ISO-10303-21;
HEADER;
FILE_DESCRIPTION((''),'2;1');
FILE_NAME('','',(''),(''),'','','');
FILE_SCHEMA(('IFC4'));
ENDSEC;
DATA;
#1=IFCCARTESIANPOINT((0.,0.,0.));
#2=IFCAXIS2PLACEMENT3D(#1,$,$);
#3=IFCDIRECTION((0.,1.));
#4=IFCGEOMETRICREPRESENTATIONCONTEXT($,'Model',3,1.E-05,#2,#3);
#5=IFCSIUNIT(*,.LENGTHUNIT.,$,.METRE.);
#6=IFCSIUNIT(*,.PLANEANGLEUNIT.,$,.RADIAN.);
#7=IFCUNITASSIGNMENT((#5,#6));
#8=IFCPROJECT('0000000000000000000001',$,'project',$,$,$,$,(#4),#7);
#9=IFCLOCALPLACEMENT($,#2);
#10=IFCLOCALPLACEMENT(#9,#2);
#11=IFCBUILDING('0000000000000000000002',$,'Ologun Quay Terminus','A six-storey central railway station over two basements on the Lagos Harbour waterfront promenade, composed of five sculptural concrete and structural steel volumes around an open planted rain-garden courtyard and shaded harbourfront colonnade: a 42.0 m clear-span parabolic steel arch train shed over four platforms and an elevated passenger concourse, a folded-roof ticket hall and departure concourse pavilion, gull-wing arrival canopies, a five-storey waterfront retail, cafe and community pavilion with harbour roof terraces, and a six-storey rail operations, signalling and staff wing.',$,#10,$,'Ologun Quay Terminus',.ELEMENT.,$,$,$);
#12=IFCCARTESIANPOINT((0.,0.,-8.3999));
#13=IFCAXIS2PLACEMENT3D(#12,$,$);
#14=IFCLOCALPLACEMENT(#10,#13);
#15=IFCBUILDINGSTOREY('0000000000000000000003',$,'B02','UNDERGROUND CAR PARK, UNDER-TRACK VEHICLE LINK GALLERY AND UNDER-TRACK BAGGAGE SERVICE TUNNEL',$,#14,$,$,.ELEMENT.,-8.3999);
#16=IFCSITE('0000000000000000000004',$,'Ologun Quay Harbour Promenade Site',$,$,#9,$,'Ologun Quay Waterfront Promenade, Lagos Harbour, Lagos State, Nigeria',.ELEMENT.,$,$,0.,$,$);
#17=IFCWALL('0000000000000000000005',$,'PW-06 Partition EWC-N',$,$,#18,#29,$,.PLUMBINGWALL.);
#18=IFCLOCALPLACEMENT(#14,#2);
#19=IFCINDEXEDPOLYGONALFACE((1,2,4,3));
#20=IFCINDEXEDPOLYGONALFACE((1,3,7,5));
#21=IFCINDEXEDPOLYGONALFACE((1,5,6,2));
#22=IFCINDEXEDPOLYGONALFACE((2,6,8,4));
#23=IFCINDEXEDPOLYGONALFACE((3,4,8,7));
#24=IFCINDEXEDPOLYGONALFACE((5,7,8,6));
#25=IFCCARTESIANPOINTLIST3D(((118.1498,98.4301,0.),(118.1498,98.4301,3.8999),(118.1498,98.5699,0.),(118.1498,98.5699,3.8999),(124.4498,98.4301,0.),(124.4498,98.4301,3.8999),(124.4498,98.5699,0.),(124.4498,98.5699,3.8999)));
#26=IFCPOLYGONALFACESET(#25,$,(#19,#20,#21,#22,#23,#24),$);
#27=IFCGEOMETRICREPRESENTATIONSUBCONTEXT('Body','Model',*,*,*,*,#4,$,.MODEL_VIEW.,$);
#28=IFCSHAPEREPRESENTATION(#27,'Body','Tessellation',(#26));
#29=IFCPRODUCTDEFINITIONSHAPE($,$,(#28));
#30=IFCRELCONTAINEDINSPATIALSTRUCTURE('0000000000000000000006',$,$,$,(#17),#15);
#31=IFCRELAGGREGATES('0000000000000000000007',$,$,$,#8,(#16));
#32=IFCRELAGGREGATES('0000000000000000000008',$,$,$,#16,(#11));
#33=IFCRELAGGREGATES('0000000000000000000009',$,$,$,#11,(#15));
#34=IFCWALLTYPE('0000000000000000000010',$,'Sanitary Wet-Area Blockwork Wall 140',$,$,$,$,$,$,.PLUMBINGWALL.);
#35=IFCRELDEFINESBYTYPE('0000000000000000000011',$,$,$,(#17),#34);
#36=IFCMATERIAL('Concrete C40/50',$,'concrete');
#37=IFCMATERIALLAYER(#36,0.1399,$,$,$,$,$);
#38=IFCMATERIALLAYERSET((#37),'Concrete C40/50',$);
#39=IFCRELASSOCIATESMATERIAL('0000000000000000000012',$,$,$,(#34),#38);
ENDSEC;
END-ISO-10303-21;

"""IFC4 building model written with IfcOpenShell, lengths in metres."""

from ifc_helpers import new_model, si_unit, direction, frame, frame_2d, origin, place, context, subcontext, project, spatial, rectangle, extrude, material, layer, layer_set, type_object, element, save


model = new_model("IFC4")

# Units and contexts
model_context = context("Model", 3, precision=1e-05, world=origin(), true_north=direction((0.0, 1.0)))
body_context = subcontext(model_context, "Body", "Model", "MODEL_VIEW")
ifc_project = project(units=[si_unit("LENGTHUNIT", "METRE"), si_unit("PLANEANGLEUNIT", "RADIAN")], contexts=[model_context])

# Site, building, storey
site_placement = place(None, origin())
site = spatial("IfcSite", under=ifc_project, at=site_placement, Name="Ologun Quay Harbour Promenade Site", LongName="Ologun Quay Waterfront Promenade, Lagos Harbour, Lagos State, Nigeria", CompositionType="ELEMENT", RefElevation=0.0)
building_placement = place(site_placement, origin())
building = spatial("IfcBuilding", under=site, at=building_placement, Name="Ologun Quay Terminus", Description="A six-storey central railway station over two basements on the Lagos Harbour waterfront promenade, composed of five sculptural concrete and structural steel volumes around an open planted rain-garden courtyard and shaded harbourfront colonnade: a 42.0 m clear-span parabolic steel arch train shed over four platforms and an elevated passenger concourse, a folded-roof ticket hall and departure concourse pavilion, gull-wing arrival canopies, a five-storey waterfront retail, cafe and community pavilion with harbour roof terraces, and a six-storey rail operations, signalling and staff wing.", LongName="Ologun Quay Terminus", CompositionType="ELEMENT")
storey_placement = place(building_placement, frame((0.0, 0.0, -8.3999)))
storey = spatial("IfcBuildingStorey", under=building, at=storey_placement, Name="B02", Description="UNDERGROUND CAR PARK, UNDER-TRACK VEHICLE LINK GALLERY AND UNDER-TRACK BAGGAGE SERVICE TUNNEL", CompositionType="ELEMENT", Elevation=-8.3999)

# Shared definitions
ifc_material_1 = material(Name="Concrete C40/50", Category="concrete")
ifc_layer_1 = layer(ifc_material_1, 0.1399)
ifc_layer_set_1 = layer_set([ifc_layer_1], Name="Concrete C40/50")
wall_type_1 = type_object("IfcWallType", Name="Sanitary Wet-Area Blockwork Wall 140", PredefinedType="PLUMBINGWALL", material=ifc_layer_set_1)

# Wall
wall_1_placement = place(storey_placement, frame((118.1499, 98.5, 0.0), z_axis=(0.0, 0.0, 1.0), x_axis=(1.0, 0.0, 0.0)))
element("IfcWall", 1, at=wall_1_placement, inside=storey, type_object=wall_type_1, Name="PW-06 Partition EWC-N", PredefinedType="PLUMBINGWALL", context=body_context, shape_type="SweptSolid", body=[
    extrude(rectangle(XDim=6.3, YDim=0.1399, at=frame_2d((3.1499, 0.0))), origin(), (0.0, 0.0, 1.0), 3.8999),
])

save(model, "model.ifc")
